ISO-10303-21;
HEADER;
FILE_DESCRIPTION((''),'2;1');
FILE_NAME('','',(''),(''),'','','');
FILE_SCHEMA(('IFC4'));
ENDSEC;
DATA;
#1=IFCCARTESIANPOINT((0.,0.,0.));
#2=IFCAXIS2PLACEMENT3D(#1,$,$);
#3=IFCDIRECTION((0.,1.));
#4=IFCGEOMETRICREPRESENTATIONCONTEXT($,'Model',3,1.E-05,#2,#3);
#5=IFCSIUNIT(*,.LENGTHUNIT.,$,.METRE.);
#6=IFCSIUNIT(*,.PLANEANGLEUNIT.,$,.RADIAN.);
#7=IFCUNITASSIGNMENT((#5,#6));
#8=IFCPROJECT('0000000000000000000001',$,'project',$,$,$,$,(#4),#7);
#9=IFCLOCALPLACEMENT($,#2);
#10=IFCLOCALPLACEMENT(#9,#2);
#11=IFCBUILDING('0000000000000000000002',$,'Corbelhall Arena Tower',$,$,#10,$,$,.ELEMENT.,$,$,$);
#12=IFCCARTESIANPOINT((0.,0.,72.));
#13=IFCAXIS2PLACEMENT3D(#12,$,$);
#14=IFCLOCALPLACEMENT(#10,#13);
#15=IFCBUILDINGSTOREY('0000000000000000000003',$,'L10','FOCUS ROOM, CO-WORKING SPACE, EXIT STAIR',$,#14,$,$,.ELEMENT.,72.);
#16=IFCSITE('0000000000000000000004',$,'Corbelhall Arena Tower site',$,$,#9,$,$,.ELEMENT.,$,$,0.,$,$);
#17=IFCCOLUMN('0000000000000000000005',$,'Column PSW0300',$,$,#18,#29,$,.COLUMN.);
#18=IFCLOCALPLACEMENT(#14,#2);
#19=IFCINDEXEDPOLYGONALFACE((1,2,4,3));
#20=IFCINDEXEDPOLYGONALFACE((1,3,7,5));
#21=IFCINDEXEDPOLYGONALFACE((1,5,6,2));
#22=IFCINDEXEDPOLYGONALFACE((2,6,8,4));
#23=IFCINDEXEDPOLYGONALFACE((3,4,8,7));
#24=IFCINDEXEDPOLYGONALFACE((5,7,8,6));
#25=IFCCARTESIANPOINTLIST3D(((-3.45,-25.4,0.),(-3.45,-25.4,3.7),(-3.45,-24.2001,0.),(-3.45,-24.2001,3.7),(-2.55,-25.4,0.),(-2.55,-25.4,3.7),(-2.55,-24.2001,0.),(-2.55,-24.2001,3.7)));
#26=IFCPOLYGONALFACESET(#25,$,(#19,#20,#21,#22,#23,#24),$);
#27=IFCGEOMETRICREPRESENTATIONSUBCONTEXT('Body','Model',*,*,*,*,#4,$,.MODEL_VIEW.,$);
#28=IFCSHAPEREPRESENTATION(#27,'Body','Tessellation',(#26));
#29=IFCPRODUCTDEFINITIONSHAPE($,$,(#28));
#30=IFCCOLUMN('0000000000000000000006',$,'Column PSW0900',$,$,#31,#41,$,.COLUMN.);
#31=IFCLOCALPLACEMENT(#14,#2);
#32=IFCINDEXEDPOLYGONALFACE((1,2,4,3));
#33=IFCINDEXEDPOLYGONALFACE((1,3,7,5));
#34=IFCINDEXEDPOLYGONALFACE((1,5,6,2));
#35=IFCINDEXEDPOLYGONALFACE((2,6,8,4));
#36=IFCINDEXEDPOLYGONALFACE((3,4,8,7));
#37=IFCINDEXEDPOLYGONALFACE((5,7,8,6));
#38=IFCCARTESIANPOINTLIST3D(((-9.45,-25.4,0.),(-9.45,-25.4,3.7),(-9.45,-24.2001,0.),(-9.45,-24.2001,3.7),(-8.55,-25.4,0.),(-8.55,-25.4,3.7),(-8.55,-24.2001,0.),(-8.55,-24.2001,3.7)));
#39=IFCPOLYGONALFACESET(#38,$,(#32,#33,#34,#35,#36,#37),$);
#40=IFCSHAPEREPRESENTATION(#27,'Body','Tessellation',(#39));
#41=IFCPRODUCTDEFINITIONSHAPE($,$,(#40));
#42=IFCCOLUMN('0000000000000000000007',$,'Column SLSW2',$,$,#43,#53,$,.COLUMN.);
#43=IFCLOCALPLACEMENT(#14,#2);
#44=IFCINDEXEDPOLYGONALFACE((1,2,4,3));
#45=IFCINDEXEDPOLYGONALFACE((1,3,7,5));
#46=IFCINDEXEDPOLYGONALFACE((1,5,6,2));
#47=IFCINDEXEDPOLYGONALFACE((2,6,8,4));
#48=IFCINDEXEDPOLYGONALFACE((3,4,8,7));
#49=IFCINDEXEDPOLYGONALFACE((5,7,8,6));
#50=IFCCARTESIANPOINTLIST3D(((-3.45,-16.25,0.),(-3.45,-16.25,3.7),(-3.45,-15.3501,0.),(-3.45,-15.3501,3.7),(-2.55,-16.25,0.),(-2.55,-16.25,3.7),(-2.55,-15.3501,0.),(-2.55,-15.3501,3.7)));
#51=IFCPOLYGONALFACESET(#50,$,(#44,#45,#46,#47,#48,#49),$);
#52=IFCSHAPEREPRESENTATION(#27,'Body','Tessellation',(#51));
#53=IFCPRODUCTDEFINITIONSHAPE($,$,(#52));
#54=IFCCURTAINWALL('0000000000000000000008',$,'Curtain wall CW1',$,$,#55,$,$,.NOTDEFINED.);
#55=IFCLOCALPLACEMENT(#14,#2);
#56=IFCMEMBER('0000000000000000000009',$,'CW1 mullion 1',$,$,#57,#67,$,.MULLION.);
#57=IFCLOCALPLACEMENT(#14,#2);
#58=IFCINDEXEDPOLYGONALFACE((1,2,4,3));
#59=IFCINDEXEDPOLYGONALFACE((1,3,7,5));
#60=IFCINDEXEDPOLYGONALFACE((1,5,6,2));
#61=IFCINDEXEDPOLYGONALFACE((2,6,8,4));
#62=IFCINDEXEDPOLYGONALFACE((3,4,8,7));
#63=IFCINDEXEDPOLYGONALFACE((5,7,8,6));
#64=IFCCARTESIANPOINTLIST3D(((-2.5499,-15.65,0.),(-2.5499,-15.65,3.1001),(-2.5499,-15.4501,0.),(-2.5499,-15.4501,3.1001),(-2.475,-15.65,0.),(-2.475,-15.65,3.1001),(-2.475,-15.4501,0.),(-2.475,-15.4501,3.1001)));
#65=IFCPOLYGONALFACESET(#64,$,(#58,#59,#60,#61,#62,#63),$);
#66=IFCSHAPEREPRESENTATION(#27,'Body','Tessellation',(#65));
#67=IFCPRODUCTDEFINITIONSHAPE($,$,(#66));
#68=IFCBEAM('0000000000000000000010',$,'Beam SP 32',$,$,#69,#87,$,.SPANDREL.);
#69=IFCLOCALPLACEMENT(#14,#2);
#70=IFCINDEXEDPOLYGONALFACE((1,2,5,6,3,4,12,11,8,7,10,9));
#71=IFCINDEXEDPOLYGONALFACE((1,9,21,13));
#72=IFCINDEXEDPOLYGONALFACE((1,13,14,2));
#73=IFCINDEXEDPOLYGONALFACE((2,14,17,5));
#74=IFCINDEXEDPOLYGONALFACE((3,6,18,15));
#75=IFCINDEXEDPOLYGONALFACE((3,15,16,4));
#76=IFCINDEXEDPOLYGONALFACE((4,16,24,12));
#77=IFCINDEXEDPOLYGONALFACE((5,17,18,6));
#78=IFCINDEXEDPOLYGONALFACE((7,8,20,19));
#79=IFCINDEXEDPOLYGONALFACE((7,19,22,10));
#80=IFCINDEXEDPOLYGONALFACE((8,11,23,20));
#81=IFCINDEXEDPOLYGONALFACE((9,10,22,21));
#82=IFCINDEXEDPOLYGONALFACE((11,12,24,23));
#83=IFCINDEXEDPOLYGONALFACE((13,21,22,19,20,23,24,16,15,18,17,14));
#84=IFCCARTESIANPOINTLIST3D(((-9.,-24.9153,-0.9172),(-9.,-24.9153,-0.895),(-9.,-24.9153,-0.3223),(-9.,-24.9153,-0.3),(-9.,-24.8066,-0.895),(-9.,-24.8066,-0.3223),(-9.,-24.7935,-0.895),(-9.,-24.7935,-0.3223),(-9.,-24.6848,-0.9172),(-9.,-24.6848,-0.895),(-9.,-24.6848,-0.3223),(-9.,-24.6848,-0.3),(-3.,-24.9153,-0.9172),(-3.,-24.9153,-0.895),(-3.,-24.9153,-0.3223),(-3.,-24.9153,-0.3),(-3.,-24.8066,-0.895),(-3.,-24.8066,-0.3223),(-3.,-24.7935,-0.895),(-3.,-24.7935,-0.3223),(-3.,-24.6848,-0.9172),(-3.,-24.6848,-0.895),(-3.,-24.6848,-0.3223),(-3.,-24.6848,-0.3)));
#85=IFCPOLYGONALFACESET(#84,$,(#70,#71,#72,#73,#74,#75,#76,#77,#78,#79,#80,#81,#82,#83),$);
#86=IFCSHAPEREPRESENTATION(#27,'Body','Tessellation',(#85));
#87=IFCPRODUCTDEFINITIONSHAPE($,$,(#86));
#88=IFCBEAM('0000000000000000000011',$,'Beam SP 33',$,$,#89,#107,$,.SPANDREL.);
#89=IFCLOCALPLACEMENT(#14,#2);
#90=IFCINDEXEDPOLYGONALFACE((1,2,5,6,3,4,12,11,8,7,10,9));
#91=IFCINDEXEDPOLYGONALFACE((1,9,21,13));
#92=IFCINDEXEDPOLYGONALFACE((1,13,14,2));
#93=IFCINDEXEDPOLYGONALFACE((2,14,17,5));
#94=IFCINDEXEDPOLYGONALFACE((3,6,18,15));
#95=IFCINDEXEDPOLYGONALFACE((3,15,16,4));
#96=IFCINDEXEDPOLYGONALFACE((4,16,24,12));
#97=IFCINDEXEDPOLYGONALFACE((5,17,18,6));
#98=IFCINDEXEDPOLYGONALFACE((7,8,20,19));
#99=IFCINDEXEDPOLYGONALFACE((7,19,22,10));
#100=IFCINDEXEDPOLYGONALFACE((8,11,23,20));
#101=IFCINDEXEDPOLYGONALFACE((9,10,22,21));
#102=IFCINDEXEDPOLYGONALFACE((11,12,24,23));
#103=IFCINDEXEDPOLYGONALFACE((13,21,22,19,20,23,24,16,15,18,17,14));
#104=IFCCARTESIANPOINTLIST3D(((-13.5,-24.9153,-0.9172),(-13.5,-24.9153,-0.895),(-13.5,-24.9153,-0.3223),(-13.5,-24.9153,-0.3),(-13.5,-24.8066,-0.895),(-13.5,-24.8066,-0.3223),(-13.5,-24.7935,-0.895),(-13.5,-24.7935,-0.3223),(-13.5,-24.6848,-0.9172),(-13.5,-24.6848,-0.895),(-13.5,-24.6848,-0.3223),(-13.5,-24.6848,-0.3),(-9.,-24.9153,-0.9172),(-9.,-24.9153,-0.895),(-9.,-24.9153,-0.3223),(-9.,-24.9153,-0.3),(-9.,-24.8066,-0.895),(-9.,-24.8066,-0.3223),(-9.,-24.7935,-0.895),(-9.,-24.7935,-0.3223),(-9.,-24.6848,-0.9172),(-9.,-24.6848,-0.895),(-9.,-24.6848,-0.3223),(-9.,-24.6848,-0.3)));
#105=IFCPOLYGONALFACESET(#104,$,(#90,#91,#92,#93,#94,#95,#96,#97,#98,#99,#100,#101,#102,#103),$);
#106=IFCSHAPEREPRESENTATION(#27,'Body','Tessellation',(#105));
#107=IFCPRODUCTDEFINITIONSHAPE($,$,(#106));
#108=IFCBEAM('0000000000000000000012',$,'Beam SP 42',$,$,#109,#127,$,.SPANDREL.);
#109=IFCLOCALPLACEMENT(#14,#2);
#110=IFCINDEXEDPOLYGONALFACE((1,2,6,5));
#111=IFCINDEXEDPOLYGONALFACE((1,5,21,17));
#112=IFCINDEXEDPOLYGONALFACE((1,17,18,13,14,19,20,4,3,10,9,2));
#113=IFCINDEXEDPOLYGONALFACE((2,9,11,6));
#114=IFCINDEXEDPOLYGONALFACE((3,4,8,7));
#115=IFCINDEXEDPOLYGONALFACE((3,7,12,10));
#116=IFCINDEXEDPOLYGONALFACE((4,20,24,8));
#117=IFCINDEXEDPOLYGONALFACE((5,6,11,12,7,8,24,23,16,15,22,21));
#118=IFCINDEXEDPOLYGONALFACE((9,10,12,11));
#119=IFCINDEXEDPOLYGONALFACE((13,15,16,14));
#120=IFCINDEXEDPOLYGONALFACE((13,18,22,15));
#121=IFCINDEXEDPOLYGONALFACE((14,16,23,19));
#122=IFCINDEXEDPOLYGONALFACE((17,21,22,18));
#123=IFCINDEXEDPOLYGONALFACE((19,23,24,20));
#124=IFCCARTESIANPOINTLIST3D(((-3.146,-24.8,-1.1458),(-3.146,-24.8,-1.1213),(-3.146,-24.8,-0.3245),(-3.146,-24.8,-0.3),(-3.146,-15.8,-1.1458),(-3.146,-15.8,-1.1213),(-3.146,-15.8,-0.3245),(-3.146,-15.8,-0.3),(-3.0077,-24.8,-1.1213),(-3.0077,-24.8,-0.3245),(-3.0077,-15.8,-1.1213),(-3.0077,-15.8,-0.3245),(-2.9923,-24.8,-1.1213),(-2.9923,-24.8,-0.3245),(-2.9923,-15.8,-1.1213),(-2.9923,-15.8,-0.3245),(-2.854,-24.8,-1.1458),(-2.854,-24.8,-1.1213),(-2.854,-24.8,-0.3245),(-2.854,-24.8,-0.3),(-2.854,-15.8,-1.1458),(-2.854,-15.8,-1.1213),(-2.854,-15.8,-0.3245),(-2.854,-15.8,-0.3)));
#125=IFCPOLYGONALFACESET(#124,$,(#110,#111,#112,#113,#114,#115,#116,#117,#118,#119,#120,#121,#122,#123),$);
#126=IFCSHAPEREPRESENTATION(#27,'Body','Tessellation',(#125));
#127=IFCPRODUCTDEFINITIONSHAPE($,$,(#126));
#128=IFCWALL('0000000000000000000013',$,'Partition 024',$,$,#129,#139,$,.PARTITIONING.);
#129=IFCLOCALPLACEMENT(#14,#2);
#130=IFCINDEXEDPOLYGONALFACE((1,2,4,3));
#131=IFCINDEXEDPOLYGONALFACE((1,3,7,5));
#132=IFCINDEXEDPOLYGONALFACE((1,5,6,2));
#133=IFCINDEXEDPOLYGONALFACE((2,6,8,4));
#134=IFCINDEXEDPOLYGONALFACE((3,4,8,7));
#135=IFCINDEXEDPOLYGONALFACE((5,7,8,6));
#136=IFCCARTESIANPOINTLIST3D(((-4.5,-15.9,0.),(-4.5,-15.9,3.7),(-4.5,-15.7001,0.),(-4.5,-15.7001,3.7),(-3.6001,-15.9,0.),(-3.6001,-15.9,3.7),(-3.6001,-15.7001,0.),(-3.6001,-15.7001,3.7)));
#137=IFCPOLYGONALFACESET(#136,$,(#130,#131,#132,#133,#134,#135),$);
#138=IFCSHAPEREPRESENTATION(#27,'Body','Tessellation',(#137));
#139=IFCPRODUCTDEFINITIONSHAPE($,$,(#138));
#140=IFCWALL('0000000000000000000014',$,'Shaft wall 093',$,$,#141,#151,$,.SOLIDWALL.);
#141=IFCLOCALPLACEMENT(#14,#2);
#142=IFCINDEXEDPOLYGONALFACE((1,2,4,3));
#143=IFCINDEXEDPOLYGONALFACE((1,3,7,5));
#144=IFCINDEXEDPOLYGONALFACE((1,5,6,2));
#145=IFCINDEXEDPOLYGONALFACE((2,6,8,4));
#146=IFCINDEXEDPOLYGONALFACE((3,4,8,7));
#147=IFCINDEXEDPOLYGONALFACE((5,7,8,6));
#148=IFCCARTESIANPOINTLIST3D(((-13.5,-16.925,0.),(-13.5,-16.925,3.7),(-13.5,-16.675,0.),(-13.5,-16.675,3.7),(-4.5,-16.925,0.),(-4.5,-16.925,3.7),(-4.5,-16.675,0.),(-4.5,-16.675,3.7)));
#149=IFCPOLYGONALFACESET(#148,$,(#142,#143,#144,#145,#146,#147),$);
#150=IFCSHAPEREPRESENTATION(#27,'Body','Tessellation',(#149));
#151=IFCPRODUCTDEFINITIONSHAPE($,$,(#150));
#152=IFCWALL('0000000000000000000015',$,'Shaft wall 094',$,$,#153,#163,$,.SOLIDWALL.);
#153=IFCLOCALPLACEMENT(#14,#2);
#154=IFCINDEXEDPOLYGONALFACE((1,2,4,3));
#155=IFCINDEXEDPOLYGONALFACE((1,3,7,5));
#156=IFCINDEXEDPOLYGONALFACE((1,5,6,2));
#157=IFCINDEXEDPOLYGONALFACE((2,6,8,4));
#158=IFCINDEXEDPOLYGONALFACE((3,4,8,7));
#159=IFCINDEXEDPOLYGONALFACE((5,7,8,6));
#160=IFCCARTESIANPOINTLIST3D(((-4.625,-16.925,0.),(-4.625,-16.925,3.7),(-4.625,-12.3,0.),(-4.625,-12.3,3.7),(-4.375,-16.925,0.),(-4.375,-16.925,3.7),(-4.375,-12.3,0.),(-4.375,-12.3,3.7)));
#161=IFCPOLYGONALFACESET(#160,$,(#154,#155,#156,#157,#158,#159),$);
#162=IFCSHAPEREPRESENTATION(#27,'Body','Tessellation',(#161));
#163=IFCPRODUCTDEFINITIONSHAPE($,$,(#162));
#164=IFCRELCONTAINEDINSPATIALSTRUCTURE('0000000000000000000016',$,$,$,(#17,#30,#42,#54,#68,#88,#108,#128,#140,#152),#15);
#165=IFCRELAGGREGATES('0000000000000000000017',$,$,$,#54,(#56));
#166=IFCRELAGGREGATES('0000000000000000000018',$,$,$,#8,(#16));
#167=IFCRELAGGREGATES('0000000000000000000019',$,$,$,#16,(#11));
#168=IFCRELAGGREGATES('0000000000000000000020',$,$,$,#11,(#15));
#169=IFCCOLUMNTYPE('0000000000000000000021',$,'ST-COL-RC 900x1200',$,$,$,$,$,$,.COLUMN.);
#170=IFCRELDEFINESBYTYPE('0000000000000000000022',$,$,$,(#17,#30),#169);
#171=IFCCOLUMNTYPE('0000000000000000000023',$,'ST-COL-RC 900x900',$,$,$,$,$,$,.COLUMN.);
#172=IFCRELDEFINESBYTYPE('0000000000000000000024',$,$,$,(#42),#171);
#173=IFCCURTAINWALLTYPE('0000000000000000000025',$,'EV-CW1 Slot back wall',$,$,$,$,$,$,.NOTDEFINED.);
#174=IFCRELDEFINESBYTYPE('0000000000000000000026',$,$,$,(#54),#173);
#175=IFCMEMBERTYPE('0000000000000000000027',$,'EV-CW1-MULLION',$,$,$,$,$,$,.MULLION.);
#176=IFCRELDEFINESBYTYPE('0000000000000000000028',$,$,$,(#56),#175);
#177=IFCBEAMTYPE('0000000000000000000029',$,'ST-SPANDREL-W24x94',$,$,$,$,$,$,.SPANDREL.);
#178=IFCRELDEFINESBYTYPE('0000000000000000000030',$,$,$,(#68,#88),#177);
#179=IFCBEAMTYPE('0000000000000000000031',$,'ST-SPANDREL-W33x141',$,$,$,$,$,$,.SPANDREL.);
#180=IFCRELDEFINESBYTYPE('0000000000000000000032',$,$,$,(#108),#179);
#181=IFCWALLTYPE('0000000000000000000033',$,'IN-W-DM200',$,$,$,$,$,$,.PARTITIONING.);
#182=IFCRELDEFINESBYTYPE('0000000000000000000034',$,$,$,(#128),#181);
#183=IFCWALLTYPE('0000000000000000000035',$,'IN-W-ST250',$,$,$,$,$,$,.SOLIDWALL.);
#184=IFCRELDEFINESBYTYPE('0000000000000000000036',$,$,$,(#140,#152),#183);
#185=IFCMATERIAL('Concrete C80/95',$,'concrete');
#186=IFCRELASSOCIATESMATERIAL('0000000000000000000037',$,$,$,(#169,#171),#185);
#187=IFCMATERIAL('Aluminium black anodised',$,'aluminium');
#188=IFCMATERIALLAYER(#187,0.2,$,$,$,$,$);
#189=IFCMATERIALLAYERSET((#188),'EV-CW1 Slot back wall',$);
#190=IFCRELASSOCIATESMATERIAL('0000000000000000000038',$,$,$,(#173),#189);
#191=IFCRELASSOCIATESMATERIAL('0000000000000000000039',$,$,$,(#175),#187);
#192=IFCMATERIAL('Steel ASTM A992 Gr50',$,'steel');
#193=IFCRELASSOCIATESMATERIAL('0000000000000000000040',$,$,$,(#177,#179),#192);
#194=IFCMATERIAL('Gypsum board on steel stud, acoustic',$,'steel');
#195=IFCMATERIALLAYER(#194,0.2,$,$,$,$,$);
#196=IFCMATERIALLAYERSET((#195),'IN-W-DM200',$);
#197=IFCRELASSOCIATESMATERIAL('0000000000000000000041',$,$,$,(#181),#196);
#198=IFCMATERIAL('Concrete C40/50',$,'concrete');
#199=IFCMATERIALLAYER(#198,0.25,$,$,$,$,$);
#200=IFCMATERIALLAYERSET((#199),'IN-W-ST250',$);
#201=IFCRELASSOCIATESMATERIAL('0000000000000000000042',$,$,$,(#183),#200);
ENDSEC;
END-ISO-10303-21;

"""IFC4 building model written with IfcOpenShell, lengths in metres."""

from ifc_helpers import new_model, si_unit, direction, frame, frame_2d, origin, origin_2d, place, context, subcontext, project, spatial, rectangle, i_section, extrude, material, layer, layer_set, material_profile, profile_set, type_object, element, aggregate, save


model = new_model("IFC4")

# Units and contexts
model_context = context("Model", 3, precision=1e-05, world=origin(), true_north=direction((0.0, 1.0)))
body_context = subcontext(model_context, "Body", "Model", "MODEL_VIEW")
ifc_project = project(units=[si_unit("LENGTHUNIT", "METRE"), si_unit("PLANEANGLEUNIT", "RADIAN")], contexts=[model_context])

# Site, building, storey
site_placement = place(None, origin())
site = spatial("IfcSite", under=ifc_project, at=site_placement, Name="Corbelhall Arena Tower site", CompositionType="ELEMENT", RefElevation=0.0)
building_placement = place(site_placement, origin())
building = spatial("IfcBuilding", under=site, at=building_placement, Name="Corbelhall Arena Tower", CompositionType="ELEMENT")
storey_placement = place(building_placement, frame((0.0, 0.0, 72.0)))
storey = spatial("IfcBuildingStorey", under=building, at=storey_placement, Name="L10", Description="FOCUS ROOM, CO-WORKING SPACE, EXIT STAIR", CompositionType="ELEMENT", Elevation=72.0)

# Columns
ifc_material_1 = material(Name="Concrete C80/95", Category="concrete")
ifc_material_profile_1 = material_profile(ifc_material_1, rectangle(XDim=0.8999, YDim=1.2, at=origin_2d()))
ifc_profile_set_1 = profile_set([ifc_material_profile_1], Name="Concrete C80/95")
column_type_1 = type_object("IfcColumnType", Name="ST-COL-RC 900x1200", PredefinedType="COLUMN", material=ifc_profile_set_1)
for number, where, z_axis, x_axis, name in (
    (1, (-3.0, -24.8, 0.0), (0.0, 0.0, 1.0), (1.0, 0.0, 0.0), "Column PSW0300"),
    (2, (-9.0, -24.8, 0.0), (0.0, 0.0, 1.0), (1.0, 0.0, 0.0), "Column PSW0900"),
):
    element("IfcColumn", number, at=place(storey_placement, frame(where, z_axis=z_axis, x_axis=x_axis)), inside=storey, type_object=column_type_1, Name=name, PredefinedType="COLUMN", context=body_context, shape_type="SweptSolid", body=[
        extrude(rectangle(XDim=0.8999, YDim=1.2, at=origin_2d()), origin(), (0.0, 0.0, 1.0), 3.7),
    ])
ifc_material_profile_2 = material_profile(ifc_material_1, rectangle(XDim=0.8999, YDim=0.8999, at=origin_2d()))
ifc_profile_set_2 = profile_set([ifc_material_profile_2], Name="Concrete C80/95")
column_type_2 = type_object("IfcColumnType", Name="ST-COL-RC 900x900", PredefinedType="COLUMN", material=ifc_profile_set_2)
column_placement = place(storey_placement, frame((-3.0, -15.8, 0.0), z_axis=(0.0, 0.0, 1.0), x_axis=(1.0, 0.0, 0.0)))
element("IfcColumn", 3, at=column_placement, inside=storey, type_object=column_type_2, Name="Column SLSW2", PredefinedType="COLUMN", context=body_context, shape_type="SweptSolid", body=[
    extrude(rectangle(XDim=0.8999, YDim=0.8999, at=origin_2d()), origin(), (0.0, 0.0, 1.0), 3.7),
])

# Curtain wall, member
ifc_material_2 = material(Name="Aluminium black anodised", Category="aluminium")
ifc_layer_1 = layer(ifc_material_2, 0.2)
ifc_layer_set_1 = layer_set([ifc_layer_1], Name="EV-CW1 Slot back wall")
curtain_wall_type = type_object("IfcCurtainWallType", Name="EV-CW1 Slot back wall", PredefinedType="NOTDEFINED", material=ifc_layer_set_1)
curtain_wall_placement = place(storey_placement, origin())
curtain_wall = element("IfcCurtainWall", 4, at=curtain_wall_placement, inside=storey, type_object=curtain_wall_type, Name="Curtain wall CW1", PredefinedType="NOTDEFINED")
ifc_material_profile_3 = material_profile(ifc_material_2, rectangle(XDim=0.2, YDim=0.075, at=origin_2d()))
ifc_profile_set_3 = profile_set([ifc_material_profile_3], Name="Aluminium black anodised")
member_type = type_object("IfcMemberType", Name="EV-CW1-MULLION", PredefinedType="MULLION", material=ifc_profile_set_3)
member_placement = place(storey_placement, frame((-2.5125, -15.55, 0.0), z_axis=(0.0, 0.0, 1.0), x_axis=(0.0, 1.0, 0.0)))
member = element("IfcMember", 5, at=member_placement, type_object=member_type, Name="CW1 mullion 1", PredefinedType="MULLION", context=body_context, shape_type="SweptSolid", body=[
    extrude(rectangle(XDim=0.2, YDim=0.075, at=origin_2d()), origin(), (0.0, 0.0, 1.0), 3.1001),
])
aggregate(curtain_wall, [member])

# Beams
ifc_material_3 = material(Name="Steel ASTM A992 Gr50", Category="steel")
ifc_material_profile_4 = material_profile(ifc_material_3, i_section(OverallWidth=0.2305, OverallDepth=0.6172, WebThickness=0.0132, FlangeThickness=0.0222, at=origin_2d()))
ifc_profile_set_4 = profile_set([ifc_material_profile_4], Name="Steel ASTM A992 Gr50")
beam_type_1 = type_object("IfcBeamType", Name="ST-SPANDREL-W24x94", PredefinedType="SPANDREL", material=ifc_profile_set_4)
beam_1_placement = place(storey_placement, frame((-3.0, -24.8, -0.6086), z_axis=(-1.0, 0.0, 0.0), x_axis=(0.0, -1.0, 0.0)))
element("IfcBeam", 6, at=beam_1_placement, inside=storey, type_object=beam_type_1, Name="Beam SP 32", PredefinedType="SPANDREL", context=body_context, shape_type="SweptSolid", body=[
    extrude(i_section(OverallWidth=0.2305, OverallDepth=0.6172, WebThickness=0.0132, FlangeThickness=0.0222, at=origin_2d()), origin(), (0.0, 0.0, 1.0), 6.0),
])
beam_2_placement = place(storey_placement, frame((-9.0, -24.8, -0.6086), z_axis=(-1.0, 0.0, 0.0), x_axis=(0.0, -1.0, 0.0)))
element("IfcBeam", 7, at=beam_2_placement, inside=storey, type_object=beam_type_1, Name="Beam SP 33", PredefinedType="SPANDREL", context=body_context, shape_type="SweptSolid", body=[
    extrude(i_section(OverallWidth=0.2305, OverallDepth=0.6172, WebThickness=0.0132, FlangeThickness=0.0222, at=origin_2d()), origin(), (0.0, 0.0, 1.0), 4.5),
])
ifc_material_profile_5 = material_profile(ifc_material_3, i_section(OverallWidth=0.292, OverallDepth=0.8457, WebThickness=0.0154, FlangeThickness=0.0244, at=origin_2d()))
ifc_profile_set_5 = profile_set([ifc_material_profile_5], Name="Steel ASTM A992 Gr50")
beam_type_2 = type_object("IfcBeamType", Name="ST-SPANDREL-W33x141", PredefinedType="SPANDREL", material=ifc_profile_set_5)
beam_3_placement = place(storey_placement, frame((-3.0, -15.8, -0.7229), z_axis=(0.0, -1.0, 0.0), x_axis=(1.0, 0.0, 0.0)))
element("IfcBeam", 8, at=beam_3_placement, inside=storey, type_object=beam_type_2, Name="Beam SP 42", PredefinedType="SPANDREL", context=body_context, shape_type="SweptSolid", body=[
    extrude(i_section(OverallWidth=0.292, OverallDepth=0.8457, WebThickness=0.0154, FlangeThickness=0.0244, at=origin_2d()), origin(), (0.0, 0.0, 1.0), 9.0),
])

# Walls
ifc_material_4 = material(Name="Gypsum board on steel stud, acoustic", Category="steel")
ifc_layer_2 = layer(ifc_material_4, 0.2)
ifc_layer_set_2 = layer_set([ifc_layer_2], Name="IN-W-DM200")
wall_type_1 = type_object("IfcWallType", Name="IN-W-DM200", PredefinedType="PARTITIONING", material=ifc_layer_set_2)
wall_1_placement = place(storey_placement, frame((-3.6001, -15.8, 0.0), z_axis=(0.0, 0.0, 1.0), x_axis=(-1.0, 0.0, 0.0)))
element("IfcWall", 9, at=wall_1_placement, inside=storey, type_object=wall_type_1, Name="Partition 024", PredefinedType="PARTITIONING", context=body_context, shape_type="SweptSolid", body=[
    extrude(rectangle(XDim=0.8999, YDim=0.2, at=frame_2d((0.45, 0.0))), origin(), (0.0, 0.0, 1.0), 3.7),
])
ifc_material_5 = material(Name="Concrete C40/50", Category="concrete")
ifc_layer_3 = layer(ifc_material_5, 0.25)
ifc_layer_set_3 = layer_set([ifc_layer_3], Name="IN-W-ST250")
wall_type_2 = type_object("IfcWallType", Name="IN-W-ST250", PredefinedType="SOLIDWALL", material=ifc_layer_set_3)
wall_2_placement = place(storey_placement, frame((-4.5, -16.8, 0.0), z_axis=(0.0, 0.0, 1.0), x_axis=(-1.0, 0.0, 0.0)))
element("IfcWall", 10, at=wall_2_placement, inside=storey, type_object=wall_type_2, Name="Shaft wall 093", PredefinedType="SOLIDWALL", context=body_context, shape_type="SweptSolid", body=[
    extrude(rectangle(XDim=9.0, YDim=0.25, at=frame_2d((4.5, 0.0))), origin(), (0.0, 0.0, 1.0), 3.7),
])
wall_3_placement = place(storey_placement, frame((-4.5, -12.3, 0.0), z_axis=(0.0, 0.0, 1.0), x_axis=(0.0, -1.0, 0.0)))
element("IfcWall", 11, at=wall_3_placement, inside=storey, type_object=wall_type_2, Name="Shaft wall 094", PredefinedType="SOLIDWALL", context=body_context, shape_type="SweptSolid", body=[
    extrude(rectangle(XDim=4.625, YDim=0.25, at=frame_2d((2.3125, 0.0))), origin(), (0.0, 0.0, 1.0), 3.7),
])

save(model, "model.ifc")
